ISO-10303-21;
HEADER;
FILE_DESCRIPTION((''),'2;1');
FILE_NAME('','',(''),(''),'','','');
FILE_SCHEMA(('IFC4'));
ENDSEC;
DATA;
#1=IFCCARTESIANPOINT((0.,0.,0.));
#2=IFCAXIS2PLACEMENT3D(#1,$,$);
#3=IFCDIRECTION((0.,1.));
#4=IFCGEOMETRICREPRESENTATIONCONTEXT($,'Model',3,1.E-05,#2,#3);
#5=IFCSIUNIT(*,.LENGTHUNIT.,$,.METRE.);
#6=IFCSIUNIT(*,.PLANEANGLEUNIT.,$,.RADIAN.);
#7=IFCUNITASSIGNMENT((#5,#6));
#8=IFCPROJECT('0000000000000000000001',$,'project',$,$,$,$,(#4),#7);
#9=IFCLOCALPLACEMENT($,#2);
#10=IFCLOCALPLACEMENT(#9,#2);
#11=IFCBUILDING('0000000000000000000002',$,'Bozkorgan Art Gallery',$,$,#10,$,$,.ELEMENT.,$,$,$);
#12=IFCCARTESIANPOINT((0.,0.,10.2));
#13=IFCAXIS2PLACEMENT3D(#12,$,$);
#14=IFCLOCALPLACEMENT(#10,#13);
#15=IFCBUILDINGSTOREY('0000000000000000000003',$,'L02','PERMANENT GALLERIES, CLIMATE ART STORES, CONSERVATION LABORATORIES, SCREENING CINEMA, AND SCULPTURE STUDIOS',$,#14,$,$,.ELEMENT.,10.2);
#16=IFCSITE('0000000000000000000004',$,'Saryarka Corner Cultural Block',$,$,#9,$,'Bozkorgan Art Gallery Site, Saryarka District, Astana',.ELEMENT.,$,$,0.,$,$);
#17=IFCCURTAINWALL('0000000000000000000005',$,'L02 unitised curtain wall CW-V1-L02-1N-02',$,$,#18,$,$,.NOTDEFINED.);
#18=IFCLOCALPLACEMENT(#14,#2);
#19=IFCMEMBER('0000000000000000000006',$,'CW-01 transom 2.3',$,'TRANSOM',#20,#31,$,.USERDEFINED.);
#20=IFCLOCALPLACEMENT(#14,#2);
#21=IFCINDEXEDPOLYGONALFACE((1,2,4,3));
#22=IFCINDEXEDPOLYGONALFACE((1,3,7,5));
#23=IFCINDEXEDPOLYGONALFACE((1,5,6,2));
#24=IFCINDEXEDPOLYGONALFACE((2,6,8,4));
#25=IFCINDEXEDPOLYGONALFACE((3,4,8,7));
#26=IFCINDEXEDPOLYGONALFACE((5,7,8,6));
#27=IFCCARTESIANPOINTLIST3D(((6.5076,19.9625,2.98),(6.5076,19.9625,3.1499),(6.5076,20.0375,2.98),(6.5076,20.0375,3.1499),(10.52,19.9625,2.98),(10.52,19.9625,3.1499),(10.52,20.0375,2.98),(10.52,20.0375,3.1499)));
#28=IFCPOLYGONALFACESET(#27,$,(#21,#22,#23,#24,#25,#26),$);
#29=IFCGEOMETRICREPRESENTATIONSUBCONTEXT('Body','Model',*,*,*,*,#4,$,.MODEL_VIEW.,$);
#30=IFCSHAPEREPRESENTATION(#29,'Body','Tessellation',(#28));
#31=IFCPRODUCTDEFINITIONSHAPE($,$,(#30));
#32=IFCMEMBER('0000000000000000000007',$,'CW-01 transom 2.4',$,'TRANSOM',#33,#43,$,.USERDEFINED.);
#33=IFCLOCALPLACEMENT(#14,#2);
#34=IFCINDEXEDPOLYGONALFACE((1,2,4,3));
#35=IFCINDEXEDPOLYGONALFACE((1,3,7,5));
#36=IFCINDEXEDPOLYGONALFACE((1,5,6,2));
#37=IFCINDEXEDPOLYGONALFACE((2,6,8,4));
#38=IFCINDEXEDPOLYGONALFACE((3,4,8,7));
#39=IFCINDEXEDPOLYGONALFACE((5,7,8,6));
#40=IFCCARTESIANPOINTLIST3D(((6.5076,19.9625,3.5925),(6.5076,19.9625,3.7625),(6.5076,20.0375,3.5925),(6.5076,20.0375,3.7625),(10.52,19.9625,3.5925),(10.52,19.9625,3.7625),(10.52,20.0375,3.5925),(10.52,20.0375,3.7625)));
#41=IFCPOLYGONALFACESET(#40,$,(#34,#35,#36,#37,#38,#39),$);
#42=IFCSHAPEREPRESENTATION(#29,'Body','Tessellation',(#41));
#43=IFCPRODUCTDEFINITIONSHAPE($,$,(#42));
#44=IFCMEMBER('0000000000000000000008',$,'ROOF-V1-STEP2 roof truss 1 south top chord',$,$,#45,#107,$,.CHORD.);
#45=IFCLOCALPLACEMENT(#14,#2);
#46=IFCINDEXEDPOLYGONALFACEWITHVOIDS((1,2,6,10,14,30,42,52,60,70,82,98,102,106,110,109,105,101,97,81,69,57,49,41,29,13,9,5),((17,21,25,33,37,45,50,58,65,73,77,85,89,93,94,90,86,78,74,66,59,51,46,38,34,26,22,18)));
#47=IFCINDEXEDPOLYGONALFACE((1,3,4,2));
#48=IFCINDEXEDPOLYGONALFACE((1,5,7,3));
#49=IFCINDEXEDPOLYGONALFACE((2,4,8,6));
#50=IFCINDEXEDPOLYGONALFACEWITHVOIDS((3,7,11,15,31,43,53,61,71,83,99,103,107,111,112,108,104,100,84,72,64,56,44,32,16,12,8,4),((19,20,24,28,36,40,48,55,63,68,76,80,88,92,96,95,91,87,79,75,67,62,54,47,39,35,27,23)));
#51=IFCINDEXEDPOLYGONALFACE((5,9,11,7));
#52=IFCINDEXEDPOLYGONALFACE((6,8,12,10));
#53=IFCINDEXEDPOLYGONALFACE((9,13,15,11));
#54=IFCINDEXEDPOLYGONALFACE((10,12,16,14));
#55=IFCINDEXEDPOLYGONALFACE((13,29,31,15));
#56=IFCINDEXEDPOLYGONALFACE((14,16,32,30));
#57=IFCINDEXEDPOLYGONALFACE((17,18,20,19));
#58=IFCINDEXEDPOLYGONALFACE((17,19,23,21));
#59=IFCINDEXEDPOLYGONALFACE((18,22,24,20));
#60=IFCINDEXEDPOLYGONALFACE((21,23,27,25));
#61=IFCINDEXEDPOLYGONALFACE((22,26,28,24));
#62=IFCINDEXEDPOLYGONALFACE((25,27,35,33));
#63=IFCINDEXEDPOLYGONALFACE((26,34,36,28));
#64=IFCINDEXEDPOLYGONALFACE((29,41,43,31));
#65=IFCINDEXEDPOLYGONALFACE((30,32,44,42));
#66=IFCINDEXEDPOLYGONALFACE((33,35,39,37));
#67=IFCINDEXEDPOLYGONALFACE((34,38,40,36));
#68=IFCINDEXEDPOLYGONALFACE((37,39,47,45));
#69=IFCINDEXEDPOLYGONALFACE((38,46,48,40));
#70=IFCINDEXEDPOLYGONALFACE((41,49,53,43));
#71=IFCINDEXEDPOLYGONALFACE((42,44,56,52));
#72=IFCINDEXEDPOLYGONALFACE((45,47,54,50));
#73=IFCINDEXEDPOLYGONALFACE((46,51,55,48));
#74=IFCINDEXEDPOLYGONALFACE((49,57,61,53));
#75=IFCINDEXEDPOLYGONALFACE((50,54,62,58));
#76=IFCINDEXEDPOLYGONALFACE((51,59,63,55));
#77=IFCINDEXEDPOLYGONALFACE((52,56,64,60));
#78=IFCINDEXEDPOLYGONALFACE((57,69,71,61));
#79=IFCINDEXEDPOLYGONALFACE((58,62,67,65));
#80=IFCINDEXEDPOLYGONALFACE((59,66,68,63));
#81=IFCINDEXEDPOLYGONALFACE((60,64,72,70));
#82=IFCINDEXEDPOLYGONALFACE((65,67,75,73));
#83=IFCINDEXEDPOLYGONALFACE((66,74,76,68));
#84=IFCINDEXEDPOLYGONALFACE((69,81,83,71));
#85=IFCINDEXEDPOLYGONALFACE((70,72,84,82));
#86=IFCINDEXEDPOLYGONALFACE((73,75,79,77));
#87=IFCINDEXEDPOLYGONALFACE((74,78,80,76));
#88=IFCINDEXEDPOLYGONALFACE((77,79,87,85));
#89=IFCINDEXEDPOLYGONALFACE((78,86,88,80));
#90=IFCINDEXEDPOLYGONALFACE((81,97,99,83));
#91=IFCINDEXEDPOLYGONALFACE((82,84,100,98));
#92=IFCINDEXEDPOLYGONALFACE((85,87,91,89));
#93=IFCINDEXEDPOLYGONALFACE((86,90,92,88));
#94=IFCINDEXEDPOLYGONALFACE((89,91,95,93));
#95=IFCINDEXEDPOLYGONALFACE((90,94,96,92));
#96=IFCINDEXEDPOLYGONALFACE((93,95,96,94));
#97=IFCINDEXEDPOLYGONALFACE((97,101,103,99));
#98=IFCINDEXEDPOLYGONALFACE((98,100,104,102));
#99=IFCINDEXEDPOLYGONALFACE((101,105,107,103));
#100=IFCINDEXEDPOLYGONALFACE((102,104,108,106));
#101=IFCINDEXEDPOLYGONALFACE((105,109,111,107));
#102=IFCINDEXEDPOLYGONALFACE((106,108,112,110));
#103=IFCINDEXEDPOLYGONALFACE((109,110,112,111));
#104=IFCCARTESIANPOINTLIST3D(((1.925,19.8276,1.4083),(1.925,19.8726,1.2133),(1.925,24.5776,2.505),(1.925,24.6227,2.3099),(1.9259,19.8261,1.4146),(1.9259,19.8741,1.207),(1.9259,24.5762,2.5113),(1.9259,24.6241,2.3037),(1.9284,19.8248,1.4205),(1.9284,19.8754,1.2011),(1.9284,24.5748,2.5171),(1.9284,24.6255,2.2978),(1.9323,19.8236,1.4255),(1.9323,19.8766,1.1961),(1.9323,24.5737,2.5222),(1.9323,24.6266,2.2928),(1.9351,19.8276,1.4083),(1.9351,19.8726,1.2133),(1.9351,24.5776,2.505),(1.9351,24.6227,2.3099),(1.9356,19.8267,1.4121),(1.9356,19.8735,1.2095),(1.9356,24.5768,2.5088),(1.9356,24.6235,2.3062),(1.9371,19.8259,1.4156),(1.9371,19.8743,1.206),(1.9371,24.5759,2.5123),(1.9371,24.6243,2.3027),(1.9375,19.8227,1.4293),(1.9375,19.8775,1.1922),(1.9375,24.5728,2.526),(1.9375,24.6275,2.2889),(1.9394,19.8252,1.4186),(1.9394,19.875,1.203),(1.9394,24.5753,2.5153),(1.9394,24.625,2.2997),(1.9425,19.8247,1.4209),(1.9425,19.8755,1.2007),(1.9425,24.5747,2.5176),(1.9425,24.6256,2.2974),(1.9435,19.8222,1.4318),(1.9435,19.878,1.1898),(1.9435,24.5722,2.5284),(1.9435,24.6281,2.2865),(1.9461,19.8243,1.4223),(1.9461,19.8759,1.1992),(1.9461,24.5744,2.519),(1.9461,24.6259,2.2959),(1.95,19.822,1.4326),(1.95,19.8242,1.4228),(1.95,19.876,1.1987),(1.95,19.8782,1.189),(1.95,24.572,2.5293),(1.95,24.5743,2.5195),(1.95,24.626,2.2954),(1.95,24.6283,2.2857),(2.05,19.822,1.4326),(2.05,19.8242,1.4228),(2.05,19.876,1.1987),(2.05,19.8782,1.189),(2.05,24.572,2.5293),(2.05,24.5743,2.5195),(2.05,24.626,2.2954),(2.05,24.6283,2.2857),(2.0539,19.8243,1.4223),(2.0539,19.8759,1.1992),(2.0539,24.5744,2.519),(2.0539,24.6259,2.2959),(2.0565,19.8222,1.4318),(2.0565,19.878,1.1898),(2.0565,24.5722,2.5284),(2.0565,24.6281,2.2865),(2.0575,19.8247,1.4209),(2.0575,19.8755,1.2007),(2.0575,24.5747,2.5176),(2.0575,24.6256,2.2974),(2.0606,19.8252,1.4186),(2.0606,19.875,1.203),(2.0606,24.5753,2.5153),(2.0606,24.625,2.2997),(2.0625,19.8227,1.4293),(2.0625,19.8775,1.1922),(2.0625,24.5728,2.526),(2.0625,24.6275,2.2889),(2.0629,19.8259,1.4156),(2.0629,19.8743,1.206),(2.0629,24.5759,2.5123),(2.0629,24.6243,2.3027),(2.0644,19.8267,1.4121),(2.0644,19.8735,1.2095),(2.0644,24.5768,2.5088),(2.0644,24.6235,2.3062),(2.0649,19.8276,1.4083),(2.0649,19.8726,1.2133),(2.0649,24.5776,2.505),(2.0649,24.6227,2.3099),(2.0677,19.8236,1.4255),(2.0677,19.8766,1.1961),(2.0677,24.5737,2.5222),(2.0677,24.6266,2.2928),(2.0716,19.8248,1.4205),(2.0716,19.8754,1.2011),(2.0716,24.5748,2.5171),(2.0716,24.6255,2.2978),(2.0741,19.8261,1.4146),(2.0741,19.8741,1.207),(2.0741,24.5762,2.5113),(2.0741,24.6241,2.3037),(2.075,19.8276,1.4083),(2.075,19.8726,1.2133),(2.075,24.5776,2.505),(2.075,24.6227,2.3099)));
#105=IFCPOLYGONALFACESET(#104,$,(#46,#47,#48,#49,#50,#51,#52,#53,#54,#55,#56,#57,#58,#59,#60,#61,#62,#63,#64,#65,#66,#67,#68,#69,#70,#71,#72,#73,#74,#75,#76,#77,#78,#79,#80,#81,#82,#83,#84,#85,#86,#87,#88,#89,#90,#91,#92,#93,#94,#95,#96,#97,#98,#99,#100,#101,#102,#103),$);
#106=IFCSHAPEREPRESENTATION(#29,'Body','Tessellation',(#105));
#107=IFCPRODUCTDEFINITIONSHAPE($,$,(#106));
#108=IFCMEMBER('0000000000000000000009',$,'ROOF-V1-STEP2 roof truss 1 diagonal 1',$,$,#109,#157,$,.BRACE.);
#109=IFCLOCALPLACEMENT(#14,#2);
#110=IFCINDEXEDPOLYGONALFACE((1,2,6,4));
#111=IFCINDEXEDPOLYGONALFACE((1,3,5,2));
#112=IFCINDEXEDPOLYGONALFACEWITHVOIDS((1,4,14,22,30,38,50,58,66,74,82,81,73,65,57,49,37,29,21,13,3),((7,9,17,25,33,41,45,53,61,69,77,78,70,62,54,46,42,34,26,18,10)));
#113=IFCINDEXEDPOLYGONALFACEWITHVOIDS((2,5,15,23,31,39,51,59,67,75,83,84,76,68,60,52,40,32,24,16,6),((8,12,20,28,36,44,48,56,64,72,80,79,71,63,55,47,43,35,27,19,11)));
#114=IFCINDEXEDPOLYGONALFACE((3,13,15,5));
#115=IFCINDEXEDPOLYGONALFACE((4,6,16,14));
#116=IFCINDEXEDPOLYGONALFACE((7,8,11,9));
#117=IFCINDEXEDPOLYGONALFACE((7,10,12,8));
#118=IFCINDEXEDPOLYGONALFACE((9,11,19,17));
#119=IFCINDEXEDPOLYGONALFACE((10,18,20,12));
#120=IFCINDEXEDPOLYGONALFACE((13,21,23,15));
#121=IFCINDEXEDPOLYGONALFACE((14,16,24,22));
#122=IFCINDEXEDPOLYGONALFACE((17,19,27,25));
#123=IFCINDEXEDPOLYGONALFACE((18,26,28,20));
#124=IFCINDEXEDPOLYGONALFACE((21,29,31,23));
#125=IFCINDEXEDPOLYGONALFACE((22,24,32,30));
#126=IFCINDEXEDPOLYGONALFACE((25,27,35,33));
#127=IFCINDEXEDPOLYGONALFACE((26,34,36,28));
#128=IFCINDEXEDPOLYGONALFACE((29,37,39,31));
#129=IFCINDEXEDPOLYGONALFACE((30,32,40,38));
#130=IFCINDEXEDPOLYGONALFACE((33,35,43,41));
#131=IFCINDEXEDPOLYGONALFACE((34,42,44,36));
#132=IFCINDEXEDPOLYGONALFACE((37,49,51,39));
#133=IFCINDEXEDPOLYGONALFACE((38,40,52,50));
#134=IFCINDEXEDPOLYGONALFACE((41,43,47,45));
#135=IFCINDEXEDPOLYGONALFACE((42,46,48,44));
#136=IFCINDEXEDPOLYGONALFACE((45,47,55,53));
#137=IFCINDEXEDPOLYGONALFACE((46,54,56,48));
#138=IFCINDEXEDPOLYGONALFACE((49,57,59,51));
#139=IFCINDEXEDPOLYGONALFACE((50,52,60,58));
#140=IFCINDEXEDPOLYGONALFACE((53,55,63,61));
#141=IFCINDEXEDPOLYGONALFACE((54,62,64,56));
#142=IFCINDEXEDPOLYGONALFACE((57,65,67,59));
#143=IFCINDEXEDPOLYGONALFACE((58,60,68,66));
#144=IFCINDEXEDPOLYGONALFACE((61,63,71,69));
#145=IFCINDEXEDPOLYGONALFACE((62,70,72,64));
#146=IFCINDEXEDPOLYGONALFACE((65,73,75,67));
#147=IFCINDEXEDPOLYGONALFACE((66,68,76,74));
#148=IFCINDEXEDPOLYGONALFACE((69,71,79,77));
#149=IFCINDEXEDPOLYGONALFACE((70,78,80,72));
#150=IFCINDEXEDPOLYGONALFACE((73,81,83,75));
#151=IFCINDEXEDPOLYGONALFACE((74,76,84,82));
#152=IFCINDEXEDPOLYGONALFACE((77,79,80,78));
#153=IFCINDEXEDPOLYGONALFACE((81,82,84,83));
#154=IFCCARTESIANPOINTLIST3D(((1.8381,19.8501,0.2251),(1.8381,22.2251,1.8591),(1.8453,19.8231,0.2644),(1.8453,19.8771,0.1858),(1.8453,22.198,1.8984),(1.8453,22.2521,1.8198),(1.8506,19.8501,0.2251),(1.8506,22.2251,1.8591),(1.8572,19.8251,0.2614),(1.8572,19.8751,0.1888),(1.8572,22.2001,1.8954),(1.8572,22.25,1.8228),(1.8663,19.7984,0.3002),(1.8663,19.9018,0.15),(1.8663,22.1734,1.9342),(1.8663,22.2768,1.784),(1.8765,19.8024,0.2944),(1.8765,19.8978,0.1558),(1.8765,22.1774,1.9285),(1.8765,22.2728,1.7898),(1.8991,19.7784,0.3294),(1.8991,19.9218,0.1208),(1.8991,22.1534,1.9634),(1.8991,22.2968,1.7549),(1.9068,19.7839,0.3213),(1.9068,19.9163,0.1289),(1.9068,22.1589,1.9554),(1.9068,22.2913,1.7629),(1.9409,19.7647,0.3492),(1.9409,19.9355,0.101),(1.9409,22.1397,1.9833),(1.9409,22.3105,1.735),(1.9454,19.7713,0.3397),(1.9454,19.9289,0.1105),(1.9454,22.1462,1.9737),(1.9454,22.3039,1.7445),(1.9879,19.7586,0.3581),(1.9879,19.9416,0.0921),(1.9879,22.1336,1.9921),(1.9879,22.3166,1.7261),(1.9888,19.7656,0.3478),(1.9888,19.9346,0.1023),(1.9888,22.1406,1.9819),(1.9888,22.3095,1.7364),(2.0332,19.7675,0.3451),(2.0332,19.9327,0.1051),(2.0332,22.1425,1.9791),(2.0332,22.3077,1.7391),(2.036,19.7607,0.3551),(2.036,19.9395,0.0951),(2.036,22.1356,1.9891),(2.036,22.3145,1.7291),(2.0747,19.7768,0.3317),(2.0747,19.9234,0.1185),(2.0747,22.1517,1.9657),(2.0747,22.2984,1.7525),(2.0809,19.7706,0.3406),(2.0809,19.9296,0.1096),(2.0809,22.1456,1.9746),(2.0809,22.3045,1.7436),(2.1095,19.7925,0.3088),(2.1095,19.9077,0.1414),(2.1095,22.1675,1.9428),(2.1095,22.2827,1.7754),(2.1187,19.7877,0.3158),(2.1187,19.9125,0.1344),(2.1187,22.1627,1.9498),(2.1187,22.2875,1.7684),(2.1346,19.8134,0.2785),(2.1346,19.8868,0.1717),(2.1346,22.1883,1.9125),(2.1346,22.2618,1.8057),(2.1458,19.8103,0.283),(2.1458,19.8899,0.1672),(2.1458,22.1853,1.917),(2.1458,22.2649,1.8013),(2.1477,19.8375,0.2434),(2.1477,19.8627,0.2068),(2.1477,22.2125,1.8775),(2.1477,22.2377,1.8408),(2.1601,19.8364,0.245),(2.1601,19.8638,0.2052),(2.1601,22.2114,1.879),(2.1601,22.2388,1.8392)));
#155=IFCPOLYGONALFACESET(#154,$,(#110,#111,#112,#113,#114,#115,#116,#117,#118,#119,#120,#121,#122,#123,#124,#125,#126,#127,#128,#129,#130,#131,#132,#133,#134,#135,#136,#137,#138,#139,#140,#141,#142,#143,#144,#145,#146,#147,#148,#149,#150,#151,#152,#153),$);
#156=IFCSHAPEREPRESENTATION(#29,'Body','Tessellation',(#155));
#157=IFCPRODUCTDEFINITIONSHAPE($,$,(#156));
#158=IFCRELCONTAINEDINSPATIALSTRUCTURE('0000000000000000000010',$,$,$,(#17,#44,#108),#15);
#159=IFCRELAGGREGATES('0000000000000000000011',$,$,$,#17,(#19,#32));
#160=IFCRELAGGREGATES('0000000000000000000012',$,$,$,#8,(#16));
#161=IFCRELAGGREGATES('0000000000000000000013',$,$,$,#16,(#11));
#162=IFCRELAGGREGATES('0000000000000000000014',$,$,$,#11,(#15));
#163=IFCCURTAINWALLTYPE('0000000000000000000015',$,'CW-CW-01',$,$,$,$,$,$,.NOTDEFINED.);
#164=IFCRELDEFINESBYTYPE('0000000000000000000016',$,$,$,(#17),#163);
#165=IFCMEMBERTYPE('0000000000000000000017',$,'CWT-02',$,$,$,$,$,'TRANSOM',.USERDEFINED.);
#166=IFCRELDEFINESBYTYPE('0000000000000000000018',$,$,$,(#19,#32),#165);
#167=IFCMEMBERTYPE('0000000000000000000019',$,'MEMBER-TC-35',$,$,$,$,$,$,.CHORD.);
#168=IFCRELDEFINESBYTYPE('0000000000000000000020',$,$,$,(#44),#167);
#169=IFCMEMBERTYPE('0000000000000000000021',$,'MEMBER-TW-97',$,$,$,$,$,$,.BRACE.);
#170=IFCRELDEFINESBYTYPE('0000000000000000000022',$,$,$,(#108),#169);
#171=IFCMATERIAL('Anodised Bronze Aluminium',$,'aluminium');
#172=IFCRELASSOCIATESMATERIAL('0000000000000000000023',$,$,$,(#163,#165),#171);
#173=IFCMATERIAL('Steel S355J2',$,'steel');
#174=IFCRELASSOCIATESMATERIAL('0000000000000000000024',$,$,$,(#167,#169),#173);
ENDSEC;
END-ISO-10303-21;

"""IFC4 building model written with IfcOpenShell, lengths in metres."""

from ifc_helpers import new_model, si_unit, direction, frame, origin, origin_2d, place, context, subcontext, project, spatial, rectangle, hollow_rectangle, hollow_circle, extrude, material, material_profile, profile_set, type_object, element, aggregate, save


model = new_model("IFC4")

# Units and contexts
model_context = context("Model", 3, precision=1e-05, world=origin(), true_north=direction((0.0, 1.0)))
body_context = subcontext(model_context, "Body", "Model", "MODEL_VIEW")
ifc_project = project(units=[si_unit("LENGTHUNIT", "METRE"), si_unit("PLANEANGLEUNIT", "RADIAN")], contexts=[model_context])

# Site, building, storey
site_placement = place(None, origin())
site = spatial("IfcSite", under=ifc_project, at=site_placement, Name="Saryarka Corner Cultural Block", LongName="Bozkorgan Art Gallery Site, Saryarka District, Astana", CompositionType="ELEMENT", RefElevation=0.0)
building_placement = place(site_placement, origin())
building = spatial("IfcBuilding", under=site, at=building_placement, Name="Bozkorgan Art Gallery", CompositionType="ELEMENT")
storey_placement = place(building_placement, frame((0.0, 0.0, 10.2)))
storey = spatial("IfcBuildingStorey", under=building, at=storey_placement, Name="L02", Description="PERMANENT GALLERIES, CLIMATE ART STORES, CONSERVATION LABORATORIES, SCREENING CINEMA, AND SCULPTURE STUDIOS", CompositionType="ELEMENT", Elevation=10.2)

# Shared definitions
ifc_material_1 = material(Name="Steel S355J2", Category="steel")

# Curtain wall, members
ifc_material_2 = material(Name="Anodised Bronze Aluminium", Category="aluminium")
curtain_wall_type = type_object("IfcCurtainWallType", Name="CW-CW-01", PredefinedType="NOTDEFINED", material=ifc_material_2)
curtain_wall_placement = place(storey_placement, origin())
curtain_wall = element("IfcCurtainWall", 1, at=curtain_wall_placement, inside=storey, type_object=curtain_wall_type, Name="L02 unitised curtain wall CW-V1-L02-1N-02", PredefinedType="NOTDEFINED")
ifc_material_profile_1 = material_profile(ifc_material_2, rectangle(XDim=0.075, YDim=0.1699, at=origin_2d()), Name="ALU TRANSOM 75x170")
ifc_profile_set_1 = profile_set([ifc_material_profile_1], Name="Anodised Bronze Aluminium")
member_type_1 = type_object("IfcMemberType", Name="CWT-02", ElementType="TRANSOM", PredefinedType="USERDEFINED", material=ifc_profile_set_1)
member_1_placement = place(storey_placement, frame((6.5076, 20.0, 3.0649), z_axis=(1.0, 0.0, 0.0), x_axis=(0.0, 1.0, 0.0)))
member_1 = element("IfcMember", 2, at=member_1_placement, type_object=member_type_1, Name="CW-01 transom 2.3", ObjectType="TRANSOM", PredefinedType="USERDEFINED", context=body_context, shape_type="SweptSolid", body=[
    extrude(rectangle(XDim=0.075, YDim=0.1699, at=origin_2d()), origin(), (0.0, 0.0, 1.0), 4.0125),
])
member_2_placement = place(storey_placement, frame((6.5076, 20.0, 3.6775), z_axis=(1.0, 0.0, 0.0), x_axis=(0.0, 1.0, 0.0)))
member_2 = element("IfcMember", 3, at=member_2_placement, type_object=member_type_1, Name="CW-01 transom 2.4", ObjectType="TRANSOM", PredefinedType="USERDEFINED", context=body_context, shape_type="SweptSolid", body=[
    extrude(rectangle(XDim=0.075, YDim=0.1699, at=origin_2d()), origin(), (0.0, 0.0, 1.0), 4.0125),
])

# Members
ifc_material_profile_2 = material_profile(ifc_material_1, hollow_rectangle(XDim=0.1499, YDim=0.25, WallThickness=0.01, InnerFilletRadius=0.0149, OuterFilletRadius=0.0249, at=origin_2d()), Name="RHS 250x150x10")
ifc_profile_set_2 = profile_set([ifc_material_profile_2], Name="Steel S355J2")
member_type_2 = type_object("IfcMemberType", Name="MEMBER-TC-35", PredefinedType="CHORD", material=ifc_profile_set_2)
member_3_placement = place(storey_placement, frame((2.0, 19.8501, 1.3108), z_axis=(0.0, 0.974368, 0.224962), x_axis=(-1.0, 0.0, 0.0)))
element("IfcMember", 4, at=member_3_placement, inside=storey, type_object=member_type_2, Name="ROOF-V1-STEP2 roof truss 1 south top chord", PredefinedType="CHORD", context=body_context, shape_type="SweptSolid", body=[
    extrude(hollow_rectangle(XDim=0.1499, YDim=0.25, WallThickness=0.01, InnerFilletRadius=0.0149, OuterFilletRadius=0.0249, at=origin_2d()), origin(), (0.0, 0.0, 1.0), 4.875),
])
ifc_material_profile_3 = material_profile(ifc_material_1, hollow_circle(Radius=0.1619, WallThickness=0.0125, at=origin_2d()), Name="CHS 323.9x12.5")
ifc_profile_set_3 = profile_set([ifc_material_profile_3], Name="Steel S355J2")
member_type_3 = type_object("IfcMemberType", Name="MEMBER-TW-97", PredefinedType="BRACE", material=ifc_profile_set_3)
member_4_placement = place(storey_placement, frame((2.0, 19.8501, 0.2251), z_axis=(0.0, 0.823844, 0.566816), x_axis=(-1.0, 0.0, 0.0)))
element("IfcMember", 5, at=member_4_placement, inside=storey, type_object=member_type_3, Name="ROOF-V1-STEP2 roof truss 1 diagonal 1", PredefinedType="BRACE", context=body_context, shape_type="SweptSolid", body=[
    extrude(hollow_circle(Radius=0.1619, WallThickness=0.0125, at=origin_2d()), origin(), (0.0, 0.0, 1.0), 2.8828),
])

aggregate(curtain_wall, [member_1, member_2])

save(model, "model.ifc")
